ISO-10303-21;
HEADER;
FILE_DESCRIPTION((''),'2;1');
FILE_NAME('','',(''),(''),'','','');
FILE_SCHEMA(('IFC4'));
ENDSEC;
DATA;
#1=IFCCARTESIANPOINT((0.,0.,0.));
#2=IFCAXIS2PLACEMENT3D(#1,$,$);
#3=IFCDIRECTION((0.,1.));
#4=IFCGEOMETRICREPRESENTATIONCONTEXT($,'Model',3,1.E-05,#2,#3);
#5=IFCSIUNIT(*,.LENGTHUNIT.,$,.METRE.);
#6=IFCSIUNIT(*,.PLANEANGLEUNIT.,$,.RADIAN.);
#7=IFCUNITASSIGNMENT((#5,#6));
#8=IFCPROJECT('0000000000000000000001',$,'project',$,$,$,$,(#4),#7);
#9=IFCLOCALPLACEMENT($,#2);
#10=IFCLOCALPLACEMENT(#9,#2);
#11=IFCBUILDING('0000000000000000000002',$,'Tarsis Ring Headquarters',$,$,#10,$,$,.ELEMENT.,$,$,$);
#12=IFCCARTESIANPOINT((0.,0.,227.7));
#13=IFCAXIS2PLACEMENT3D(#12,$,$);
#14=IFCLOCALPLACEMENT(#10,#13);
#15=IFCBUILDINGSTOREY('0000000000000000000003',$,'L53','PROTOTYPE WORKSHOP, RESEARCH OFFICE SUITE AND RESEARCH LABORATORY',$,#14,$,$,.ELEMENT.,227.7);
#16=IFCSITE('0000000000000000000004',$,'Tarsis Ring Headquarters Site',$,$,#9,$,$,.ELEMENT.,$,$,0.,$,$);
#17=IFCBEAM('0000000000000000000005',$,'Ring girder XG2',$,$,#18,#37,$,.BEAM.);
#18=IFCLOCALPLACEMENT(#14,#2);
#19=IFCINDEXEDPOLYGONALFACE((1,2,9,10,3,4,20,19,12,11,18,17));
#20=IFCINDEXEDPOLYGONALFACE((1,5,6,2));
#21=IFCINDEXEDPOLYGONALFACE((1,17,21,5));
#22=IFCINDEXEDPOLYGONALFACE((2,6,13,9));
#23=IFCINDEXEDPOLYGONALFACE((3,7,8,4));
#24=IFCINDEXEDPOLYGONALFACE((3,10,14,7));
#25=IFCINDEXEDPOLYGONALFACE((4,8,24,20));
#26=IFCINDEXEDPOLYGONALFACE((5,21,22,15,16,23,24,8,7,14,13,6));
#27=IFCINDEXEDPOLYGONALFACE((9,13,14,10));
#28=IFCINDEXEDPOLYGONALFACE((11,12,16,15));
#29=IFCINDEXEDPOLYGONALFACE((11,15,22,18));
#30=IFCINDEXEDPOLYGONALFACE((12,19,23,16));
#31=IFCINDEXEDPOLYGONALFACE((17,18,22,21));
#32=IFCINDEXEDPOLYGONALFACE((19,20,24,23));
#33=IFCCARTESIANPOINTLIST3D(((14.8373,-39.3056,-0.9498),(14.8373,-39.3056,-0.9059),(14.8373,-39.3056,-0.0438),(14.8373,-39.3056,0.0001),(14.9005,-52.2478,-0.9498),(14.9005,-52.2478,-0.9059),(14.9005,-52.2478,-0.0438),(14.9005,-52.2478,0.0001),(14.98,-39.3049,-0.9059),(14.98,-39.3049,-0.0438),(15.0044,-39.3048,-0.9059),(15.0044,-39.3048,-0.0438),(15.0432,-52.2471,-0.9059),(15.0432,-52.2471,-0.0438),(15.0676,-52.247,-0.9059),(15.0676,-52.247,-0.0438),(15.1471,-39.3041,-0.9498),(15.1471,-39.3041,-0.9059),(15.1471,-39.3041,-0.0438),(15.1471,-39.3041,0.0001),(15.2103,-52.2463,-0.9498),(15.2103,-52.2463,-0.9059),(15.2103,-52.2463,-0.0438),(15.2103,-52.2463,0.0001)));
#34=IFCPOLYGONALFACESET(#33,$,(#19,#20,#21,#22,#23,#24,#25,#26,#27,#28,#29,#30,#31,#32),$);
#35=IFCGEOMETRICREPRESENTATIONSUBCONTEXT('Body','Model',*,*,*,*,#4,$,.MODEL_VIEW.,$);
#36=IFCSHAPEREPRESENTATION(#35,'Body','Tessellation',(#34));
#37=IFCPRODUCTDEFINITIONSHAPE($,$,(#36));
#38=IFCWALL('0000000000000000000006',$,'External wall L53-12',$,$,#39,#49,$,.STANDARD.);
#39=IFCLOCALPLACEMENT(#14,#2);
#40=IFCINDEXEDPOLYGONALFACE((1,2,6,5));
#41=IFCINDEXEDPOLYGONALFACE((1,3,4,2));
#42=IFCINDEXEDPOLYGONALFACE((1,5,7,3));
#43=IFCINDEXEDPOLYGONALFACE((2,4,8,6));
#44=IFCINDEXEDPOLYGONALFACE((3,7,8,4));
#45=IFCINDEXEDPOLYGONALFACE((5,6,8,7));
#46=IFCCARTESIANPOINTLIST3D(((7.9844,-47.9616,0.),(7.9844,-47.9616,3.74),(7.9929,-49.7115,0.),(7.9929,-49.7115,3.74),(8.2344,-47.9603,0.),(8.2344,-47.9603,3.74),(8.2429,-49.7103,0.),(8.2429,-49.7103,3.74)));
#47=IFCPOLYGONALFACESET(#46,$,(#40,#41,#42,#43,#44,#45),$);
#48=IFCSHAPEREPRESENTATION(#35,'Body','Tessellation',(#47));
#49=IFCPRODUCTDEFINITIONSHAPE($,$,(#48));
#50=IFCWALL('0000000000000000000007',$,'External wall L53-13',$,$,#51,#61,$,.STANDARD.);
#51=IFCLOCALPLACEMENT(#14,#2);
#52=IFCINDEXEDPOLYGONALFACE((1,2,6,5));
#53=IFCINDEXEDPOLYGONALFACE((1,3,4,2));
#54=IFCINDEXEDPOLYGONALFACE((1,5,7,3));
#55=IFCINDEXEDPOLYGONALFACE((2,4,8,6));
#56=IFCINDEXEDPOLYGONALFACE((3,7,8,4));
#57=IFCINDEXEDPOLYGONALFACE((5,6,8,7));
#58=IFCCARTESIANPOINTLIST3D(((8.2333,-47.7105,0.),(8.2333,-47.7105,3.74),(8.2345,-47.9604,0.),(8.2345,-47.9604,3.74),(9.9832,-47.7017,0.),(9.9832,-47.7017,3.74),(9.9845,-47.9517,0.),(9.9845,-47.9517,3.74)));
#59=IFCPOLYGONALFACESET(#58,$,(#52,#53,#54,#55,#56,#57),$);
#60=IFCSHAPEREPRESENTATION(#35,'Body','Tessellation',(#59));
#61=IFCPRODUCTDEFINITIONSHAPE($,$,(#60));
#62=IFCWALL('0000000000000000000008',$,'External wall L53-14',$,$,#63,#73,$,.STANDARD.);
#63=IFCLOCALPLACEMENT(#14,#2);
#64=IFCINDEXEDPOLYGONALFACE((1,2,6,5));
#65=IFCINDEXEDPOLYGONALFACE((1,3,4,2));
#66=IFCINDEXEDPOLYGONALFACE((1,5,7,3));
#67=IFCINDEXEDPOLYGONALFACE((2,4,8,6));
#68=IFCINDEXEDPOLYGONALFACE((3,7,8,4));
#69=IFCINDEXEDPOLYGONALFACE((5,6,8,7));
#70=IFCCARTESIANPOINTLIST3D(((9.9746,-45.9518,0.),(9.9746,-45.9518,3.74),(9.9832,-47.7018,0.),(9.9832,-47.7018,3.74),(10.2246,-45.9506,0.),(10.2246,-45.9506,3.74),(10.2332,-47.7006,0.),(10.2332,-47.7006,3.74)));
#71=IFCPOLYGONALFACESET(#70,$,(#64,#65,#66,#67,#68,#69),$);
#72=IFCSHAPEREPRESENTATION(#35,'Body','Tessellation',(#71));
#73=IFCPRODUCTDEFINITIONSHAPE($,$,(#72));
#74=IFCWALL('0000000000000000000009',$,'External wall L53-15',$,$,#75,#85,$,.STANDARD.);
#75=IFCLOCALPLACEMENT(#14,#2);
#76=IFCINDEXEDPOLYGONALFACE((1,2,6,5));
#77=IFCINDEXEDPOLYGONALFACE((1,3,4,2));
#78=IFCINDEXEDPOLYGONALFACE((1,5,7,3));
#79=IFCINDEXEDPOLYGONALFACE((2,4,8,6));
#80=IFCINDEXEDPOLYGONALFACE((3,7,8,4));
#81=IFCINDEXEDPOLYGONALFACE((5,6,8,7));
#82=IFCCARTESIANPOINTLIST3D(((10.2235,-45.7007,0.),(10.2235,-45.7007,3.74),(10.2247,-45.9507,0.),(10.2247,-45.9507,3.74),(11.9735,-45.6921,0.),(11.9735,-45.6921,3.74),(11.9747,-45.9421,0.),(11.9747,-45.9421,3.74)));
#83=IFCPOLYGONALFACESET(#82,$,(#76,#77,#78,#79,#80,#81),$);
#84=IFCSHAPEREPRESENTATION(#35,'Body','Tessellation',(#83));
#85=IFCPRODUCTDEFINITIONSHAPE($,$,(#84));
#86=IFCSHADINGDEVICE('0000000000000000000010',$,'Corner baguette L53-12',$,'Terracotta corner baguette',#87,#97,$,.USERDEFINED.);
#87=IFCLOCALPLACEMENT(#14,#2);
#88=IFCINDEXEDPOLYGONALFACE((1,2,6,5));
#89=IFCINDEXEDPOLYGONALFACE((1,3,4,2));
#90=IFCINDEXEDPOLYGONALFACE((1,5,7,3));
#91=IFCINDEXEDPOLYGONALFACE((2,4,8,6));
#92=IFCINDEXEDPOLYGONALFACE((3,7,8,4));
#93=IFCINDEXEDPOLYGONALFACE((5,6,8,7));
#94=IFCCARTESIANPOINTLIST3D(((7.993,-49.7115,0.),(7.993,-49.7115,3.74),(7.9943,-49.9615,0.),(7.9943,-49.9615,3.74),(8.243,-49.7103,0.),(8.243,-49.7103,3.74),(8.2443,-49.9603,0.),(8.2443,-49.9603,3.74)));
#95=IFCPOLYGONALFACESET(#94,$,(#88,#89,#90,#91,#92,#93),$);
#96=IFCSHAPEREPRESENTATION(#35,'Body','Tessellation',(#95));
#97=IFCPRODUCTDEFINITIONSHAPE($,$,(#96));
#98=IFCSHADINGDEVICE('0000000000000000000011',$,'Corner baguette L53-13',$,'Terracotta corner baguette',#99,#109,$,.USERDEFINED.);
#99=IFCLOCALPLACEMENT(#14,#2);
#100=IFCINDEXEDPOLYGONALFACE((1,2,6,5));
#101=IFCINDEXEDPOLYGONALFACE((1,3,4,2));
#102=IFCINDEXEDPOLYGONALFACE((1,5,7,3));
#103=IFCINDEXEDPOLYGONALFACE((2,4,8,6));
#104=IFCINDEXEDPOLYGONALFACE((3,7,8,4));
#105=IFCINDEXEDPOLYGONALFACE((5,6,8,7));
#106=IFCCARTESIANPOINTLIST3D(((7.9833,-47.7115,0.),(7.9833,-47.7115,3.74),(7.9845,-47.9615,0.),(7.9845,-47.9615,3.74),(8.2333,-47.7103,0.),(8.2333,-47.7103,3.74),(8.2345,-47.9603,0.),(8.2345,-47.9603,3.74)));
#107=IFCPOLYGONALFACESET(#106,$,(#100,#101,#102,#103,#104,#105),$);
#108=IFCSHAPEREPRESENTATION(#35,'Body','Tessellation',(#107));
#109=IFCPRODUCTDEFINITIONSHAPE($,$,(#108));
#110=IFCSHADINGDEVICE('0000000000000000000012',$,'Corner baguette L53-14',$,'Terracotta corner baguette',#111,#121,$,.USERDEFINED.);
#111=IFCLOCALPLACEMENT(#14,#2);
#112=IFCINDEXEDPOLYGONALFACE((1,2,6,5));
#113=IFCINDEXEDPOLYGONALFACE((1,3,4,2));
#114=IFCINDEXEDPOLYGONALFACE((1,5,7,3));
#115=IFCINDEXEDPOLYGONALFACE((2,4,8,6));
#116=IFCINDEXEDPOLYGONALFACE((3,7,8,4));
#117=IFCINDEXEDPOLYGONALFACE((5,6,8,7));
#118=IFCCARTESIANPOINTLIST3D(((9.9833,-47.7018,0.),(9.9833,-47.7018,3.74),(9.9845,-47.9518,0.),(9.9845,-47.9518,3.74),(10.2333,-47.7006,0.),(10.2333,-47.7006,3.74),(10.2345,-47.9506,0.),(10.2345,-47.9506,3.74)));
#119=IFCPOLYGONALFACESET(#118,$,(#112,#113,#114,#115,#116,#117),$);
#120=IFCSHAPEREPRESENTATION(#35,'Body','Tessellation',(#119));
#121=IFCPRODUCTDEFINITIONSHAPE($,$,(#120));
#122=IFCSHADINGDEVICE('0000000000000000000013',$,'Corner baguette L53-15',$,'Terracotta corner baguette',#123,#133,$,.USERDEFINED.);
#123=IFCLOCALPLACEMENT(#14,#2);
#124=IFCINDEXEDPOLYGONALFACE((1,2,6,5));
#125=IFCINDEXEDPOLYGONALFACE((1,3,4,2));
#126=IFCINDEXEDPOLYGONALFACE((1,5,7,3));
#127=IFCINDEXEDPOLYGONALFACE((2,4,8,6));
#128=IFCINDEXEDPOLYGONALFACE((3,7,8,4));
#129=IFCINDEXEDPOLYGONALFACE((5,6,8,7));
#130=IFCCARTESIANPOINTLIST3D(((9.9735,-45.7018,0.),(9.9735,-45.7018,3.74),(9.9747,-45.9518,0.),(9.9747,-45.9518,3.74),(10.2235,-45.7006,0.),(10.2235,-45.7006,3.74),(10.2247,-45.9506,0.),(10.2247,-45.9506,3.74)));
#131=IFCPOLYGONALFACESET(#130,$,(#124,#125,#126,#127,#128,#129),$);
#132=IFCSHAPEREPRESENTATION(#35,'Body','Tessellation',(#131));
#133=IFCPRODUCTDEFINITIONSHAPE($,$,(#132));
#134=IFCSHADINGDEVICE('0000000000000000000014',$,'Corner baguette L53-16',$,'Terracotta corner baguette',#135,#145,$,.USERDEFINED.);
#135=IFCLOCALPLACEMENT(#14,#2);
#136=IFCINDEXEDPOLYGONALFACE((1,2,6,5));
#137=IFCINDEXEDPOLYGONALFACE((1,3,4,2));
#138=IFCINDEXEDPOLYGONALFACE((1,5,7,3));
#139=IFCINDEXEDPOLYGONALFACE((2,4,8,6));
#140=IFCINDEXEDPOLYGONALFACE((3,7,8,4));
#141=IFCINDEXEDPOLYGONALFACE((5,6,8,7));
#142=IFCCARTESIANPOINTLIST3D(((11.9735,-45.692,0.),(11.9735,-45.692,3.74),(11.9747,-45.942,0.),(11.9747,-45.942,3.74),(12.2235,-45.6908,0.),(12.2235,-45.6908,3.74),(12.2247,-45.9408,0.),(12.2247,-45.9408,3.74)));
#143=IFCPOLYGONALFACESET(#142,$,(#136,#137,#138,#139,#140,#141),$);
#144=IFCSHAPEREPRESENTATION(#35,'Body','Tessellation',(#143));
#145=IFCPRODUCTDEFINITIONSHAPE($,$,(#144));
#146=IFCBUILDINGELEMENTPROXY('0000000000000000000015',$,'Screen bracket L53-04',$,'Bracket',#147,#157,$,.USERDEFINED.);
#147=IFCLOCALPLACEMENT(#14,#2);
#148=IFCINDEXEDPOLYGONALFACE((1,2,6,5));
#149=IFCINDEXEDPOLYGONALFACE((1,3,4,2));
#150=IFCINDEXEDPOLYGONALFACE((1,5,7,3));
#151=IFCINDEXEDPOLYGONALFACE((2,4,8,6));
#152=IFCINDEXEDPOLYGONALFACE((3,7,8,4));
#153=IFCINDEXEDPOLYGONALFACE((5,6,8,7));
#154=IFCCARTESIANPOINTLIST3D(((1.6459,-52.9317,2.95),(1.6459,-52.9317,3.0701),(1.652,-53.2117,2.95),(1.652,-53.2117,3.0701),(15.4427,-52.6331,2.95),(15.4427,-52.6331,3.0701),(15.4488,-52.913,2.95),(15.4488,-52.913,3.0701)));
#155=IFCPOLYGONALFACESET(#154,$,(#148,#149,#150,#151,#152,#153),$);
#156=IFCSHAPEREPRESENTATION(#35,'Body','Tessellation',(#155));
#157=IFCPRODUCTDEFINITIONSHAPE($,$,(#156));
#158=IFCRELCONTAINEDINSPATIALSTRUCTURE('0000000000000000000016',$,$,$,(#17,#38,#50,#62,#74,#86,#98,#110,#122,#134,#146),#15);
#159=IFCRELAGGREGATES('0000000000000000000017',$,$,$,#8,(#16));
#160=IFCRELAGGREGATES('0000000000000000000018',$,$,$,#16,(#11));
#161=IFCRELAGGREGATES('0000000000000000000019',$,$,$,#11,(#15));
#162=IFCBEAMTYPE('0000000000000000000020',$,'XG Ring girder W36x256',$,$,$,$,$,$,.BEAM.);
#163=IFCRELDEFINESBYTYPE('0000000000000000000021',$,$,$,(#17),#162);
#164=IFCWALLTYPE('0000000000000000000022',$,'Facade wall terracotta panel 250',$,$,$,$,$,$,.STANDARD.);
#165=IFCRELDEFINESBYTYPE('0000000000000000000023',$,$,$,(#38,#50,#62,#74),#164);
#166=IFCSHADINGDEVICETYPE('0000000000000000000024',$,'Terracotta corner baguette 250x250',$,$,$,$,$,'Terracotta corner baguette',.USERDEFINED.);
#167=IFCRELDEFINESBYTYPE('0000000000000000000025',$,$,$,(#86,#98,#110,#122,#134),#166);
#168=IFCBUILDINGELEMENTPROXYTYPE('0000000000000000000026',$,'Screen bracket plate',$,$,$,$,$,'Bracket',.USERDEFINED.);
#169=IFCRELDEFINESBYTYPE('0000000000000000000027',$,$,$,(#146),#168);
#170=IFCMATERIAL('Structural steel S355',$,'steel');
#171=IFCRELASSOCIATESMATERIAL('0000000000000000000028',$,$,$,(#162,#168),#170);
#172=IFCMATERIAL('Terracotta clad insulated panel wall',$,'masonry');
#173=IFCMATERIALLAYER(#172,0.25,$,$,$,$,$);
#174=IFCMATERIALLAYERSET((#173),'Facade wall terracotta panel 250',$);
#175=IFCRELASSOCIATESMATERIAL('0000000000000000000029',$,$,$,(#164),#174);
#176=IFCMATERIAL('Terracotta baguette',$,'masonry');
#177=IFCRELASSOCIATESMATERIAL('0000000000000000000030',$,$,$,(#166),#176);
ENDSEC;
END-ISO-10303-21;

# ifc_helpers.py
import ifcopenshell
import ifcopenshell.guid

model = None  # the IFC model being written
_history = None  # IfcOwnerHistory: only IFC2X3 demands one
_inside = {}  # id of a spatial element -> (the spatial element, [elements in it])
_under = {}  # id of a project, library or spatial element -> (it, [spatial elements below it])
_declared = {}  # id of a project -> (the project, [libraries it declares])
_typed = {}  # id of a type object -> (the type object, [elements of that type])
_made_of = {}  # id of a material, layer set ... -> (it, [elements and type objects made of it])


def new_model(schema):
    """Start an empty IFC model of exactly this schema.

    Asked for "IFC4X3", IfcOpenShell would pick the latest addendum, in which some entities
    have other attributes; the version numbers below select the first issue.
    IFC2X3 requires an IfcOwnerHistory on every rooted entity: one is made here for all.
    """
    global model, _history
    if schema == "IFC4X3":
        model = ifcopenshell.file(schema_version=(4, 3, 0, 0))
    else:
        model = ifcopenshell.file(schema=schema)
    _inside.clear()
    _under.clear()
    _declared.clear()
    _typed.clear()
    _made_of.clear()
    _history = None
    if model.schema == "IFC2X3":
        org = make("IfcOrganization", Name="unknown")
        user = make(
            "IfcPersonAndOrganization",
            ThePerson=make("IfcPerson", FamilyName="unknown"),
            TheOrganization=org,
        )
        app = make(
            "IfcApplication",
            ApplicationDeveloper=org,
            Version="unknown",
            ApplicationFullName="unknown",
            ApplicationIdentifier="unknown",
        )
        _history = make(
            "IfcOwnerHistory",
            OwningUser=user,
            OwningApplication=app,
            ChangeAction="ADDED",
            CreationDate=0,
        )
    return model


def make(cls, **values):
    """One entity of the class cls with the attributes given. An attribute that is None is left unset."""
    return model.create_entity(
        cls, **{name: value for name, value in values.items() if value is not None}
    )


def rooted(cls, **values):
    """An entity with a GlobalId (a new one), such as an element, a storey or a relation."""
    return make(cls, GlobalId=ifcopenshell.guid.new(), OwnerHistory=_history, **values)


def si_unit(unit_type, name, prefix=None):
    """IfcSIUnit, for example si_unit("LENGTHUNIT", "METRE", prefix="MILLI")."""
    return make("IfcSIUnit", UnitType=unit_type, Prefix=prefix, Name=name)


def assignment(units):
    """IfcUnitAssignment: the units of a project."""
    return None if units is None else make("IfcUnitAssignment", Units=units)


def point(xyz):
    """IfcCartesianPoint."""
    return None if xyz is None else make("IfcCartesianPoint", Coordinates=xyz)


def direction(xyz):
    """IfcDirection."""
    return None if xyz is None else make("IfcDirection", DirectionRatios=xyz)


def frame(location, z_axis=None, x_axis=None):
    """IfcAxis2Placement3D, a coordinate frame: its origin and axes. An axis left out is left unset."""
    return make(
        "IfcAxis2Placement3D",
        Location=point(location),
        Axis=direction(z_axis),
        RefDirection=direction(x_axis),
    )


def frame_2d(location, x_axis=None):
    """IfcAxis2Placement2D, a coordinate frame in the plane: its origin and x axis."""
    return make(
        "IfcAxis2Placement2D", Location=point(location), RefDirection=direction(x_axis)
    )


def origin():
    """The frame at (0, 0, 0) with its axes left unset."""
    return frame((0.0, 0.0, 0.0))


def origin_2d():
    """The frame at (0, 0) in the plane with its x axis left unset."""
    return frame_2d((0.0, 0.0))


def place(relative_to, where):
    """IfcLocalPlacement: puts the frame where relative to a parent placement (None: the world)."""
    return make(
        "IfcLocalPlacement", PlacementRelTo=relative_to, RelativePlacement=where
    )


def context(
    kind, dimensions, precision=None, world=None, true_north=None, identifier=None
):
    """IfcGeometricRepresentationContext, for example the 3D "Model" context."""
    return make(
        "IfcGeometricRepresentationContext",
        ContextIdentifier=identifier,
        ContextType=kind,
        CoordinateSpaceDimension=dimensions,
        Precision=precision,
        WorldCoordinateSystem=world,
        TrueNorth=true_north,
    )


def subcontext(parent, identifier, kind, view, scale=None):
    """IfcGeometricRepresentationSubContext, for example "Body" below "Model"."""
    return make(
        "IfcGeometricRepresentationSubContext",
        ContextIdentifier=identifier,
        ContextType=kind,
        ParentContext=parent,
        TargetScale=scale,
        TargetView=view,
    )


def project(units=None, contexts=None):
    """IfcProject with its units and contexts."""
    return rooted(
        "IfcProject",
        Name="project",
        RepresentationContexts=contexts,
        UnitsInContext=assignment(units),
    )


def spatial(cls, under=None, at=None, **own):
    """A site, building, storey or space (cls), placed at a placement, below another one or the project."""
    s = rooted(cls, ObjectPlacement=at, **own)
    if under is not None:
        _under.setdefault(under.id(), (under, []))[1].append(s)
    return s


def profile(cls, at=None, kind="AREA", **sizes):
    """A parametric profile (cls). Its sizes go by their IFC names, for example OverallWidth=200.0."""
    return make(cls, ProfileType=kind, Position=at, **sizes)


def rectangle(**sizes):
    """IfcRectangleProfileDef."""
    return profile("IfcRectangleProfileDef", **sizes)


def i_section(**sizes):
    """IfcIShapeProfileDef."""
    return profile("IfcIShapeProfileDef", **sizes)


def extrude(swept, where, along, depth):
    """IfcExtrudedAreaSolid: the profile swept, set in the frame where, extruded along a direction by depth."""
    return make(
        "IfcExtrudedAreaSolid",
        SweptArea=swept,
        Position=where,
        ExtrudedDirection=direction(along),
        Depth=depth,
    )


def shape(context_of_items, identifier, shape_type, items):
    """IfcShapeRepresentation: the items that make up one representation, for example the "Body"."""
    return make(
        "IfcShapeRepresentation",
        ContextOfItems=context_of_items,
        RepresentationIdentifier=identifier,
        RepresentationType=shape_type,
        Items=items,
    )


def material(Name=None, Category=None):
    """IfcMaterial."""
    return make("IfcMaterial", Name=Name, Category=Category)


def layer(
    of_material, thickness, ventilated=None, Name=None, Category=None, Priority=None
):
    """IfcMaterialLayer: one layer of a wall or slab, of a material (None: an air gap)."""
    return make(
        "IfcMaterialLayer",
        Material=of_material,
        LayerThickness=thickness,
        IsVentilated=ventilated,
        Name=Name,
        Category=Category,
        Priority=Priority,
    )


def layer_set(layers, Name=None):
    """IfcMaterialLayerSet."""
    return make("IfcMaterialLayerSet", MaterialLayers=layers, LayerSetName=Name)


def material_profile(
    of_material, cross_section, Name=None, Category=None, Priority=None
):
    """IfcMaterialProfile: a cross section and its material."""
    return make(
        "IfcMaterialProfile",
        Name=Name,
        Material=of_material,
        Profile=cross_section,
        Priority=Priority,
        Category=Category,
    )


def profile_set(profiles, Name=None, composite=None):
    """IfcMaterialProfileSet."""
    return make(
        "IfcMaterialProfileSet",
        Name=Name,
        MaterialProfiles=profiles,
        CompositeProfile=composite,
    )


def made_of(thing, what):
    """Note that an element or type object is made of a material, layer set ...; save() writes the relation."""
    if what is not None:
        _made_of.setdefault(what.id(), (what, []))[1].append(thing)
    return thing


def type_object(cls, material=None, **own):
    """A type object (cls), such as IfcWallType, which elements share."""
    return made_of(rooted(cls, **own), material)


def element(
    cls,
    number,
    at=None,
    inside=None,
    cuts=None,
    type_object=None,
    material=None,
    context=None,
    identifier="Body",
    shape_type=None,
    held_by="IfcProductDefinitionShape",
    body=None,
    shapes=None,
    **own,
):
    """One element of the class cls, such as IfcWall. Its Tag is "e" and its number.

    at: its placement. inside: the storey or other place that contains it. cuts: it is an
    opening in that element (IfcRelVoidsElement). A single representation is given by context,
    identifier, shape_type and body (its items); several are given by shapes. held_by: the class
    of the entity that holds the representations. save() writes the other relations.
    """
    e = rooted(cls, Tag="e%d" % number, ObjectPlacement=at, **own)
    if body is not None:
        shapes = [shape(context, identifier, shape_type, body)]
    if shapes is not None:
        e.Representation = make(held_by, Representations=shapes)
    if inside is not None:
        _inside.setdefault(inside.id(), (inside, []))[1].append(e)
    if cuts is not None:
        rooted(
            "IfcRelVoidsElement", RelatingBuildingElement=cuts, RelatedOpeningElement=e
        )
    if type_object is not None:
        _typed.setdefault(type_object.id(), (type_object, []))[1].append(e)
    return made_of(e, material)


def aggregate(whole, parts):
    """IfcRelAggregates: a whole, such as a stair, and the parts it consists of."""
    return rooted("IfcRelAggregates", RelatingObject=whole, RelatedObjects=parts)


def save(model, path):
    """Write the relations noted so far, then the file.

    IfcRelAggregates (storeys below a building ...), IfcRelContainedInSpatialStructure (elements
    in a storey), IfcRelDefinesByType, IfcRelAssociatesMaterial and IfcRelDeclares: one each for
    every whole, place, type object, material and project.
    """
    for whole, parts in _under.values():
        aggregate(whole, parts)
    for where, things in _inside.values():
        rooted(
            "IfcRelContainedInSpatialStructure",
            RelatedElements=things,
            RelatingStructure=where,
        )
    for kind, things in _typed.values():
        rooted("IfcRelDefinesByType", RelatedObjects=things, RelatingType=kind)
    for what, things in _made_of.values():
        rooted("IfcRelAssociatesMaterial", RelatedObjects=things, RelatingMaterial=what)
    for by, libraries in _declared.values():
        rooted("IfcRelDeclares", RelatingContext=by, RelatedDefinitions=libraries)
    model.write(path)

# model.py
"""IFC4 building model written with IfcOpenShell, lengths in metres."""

from ifc_helpers import new_model, si_unit, direction, frame, frame_2d, origin, origin_2d, place, context, subcontext, project, spatial, rectangle, i_section, extrude, material, layer, layer_set, material_profile, profile_set, type_object, element, save


model = new_model("IFC4")

# Units and contexts
model_context = context("Model", 3, precision=1e-05, world=origin(), true_north=direction((0.0, 1.0)))
body_context = subcontext(model_context, "Body", "Model", "MODEL_VIEW")
ifc_project = project(units=[si_unit("LENGTHUNIT", "METRE"), si_unit("PLANEANGLEUNIT", "RADIAN")], contexts=[model_context])

# Site, building, storey
site_placement = place(None, origin())
site = spatial("IfcSite", under=ifc_project, at=site_placement, Name="Tarsis Ring Headquarters Site", CompositionType="ELEMENT", RefElevation=0.0)
building_placement = place(site_placement, origin())
building = spatial("IfcBuilding", under=site, at=building_placement, Name="Tarsis Ring Headquarters", CompositionType="ELEMENT")
storey_placement = place(building_placement, frame((0.0, 0.0, 227.7)))
storey = spatial("IfcBuildingStorey", under=building, at=storey_placement, Name="L53", Description="PROTOTYPE WORKSHOP, RESEARCH OFFICE SUITE AND RESEARCH LABORATORY", CompositionType="ELEMENT", Elevation=227.7)

# Shared definitions
ifc_material_1 = material(Name="Structural steel S355", Category="steel")

# Beam
ifc_material_profile_1 = material_profile(ifc_material_1, i_section(OverallWidth=0.3098, OverallDepth=0.95, WebThickness=0.0244, FlangeThickness=0.0439, at=origin_2d()), Name="W36x256")
ifc_profile_set_1 = profile_set([ifc_material_profile_1], Name="Structural steel S355")
beam_type = type_object("IfcBeamType", Name="XG Ring girder W36x256", PredefinedType="BEAM", material=ifc_profile_set_1)
beam_1_placement = place(storey_placement, frame((15.0554, -52.2471, -0.4749), z_axis=(-0.004886, 0.999988, 0.0), x_axis=(-0.999988, -0.004886, 0.0)))
element("IfcBeam", 1, at=beam_1_placement, inside=storey, type_object=beam_type, Name="Ring girder XG2", PredefinedType="BEAM", context=body_context, shape_type="SweptSolid", body=[
    extrude(i_section(OverallWidth=0.3098, OverallDepth=0.95, WebThickness=0.0244, FlangeThickness=0.0439, at=origin_2d()), origin(), (0.0, 0.0, 1.0), 12.9424),
])

# Walls
ifc_material_2 = material(Name="Terracotta clad insulated panel wall", Category="masonry")
ifc_layer = layer(ifc_material_2, 0.25)
ifc_layer_set = layer_set([ifc_layer], Name="Facade wall terracotta panel 250")
wall_type = type_object("IfcWallType", Name="Facade wall terracotta panel 250", PredefinedType="STANDARD", material=ifc_layer_set)
for number, where, z_axis, x_axis, name in (
    (2, (8.1179, -49.7109, 0.0), (0.0, 0.0, 1.0), (-0.004883, 0.999988, 0.0), "External wall L53-12"),
    (3, (8.2339, -47.8354, 0.0), (0.0, 0.0, 1.0), (0.999987, 0.005022, 0.0), "External wall L53-13"),
    (4, (10.1082, -47.7012, 0.0), (0.0, 0.0, 1.0), (-0.004883, 0.999988, 0.0), "External wall L53-14"),
    (5, (10.2241, -45.8257, 0.0), (0.0, 0.0, 1.0), (0.999988, 0.004883, 0.0), "External wall L53-15"),
):
    element("IfcWall", number, at=place(storey_placement, frame(where, z_axis=z_axis, x_axis=x_axis)), inside=storey, type_object=wall_type, Name=name, PredefinedType="STANDARD", context=body_context, shape_type="SweptSolid", body=[
        extrude(rectangle(XDim=1.75, YDim=0.25, at=frame_2d((0.875, 0.0))), origin(), (0.0, 0.0, 1.0), 3.74),
    ])

# Shading devices
ifc_material_3 = material(Name="Terracotta baguette", Category="masonry")
shading_device_type_1 = type_object("IfcShadingDeviceType", Name="Terracotta corner baguette 250x250", ElementType="Terracotta corner baguette", PredefinedType="USERDEFINED", material=ifc_material_3)
for number, where, z_axis, x_axis, name in (
    (6, (8.1187, -49.8359, 0.0), (0.0, 0.0, 1.0), (0.999988, 0.004887, 0.0), "Corner baguette L53-12"),
    (7, (8.1089, -47.8359, 0.0), (0.0, 0.0, 1.0), (-0.004887, 0.999988, 0.0), "Corner baguette L53-13"),
    (8, (10.1089, -47.8262, 0.0), (0.0, 0.0, 1.0), (0.999988, 0.004887, 0.0), "Corner baguette L53-14"),
    (9, (10.0991, -45.8262, 0.0), (0.0, 0.0, 1.0), (-0.004887, 0.999988, 0.0), "Corner baguette L53-15"),
    (10, (12.0991, -45.8164, 0.0), (0.0, 0.0, 1.0), (0.999988, 0.004887, 0.0), "Corner baguette L53-16"),
):
    element("IfcShadingDevice", number, at=place(storey_placement, frame(where, z_axis=z_axis, x_axis=x_axis)), inside=storey, type_object=shading_device_type_1, Name=name, ObjectType="Terracotta corner baguette", PredefinedType="USERDEFINED", context=body_context, shape_type="SweptSolid", body=[
        extrude(rectangle(XDim=0.25, YDim=0.25, at=origin_2d()), origin(), (0.0, 0.0, 1.0), 3.74),
    ])

# Building element proxy
building_element_proxy_type = type_object("IfcBuildingElementProxyType", Name="Screen bracket plate", ElementType="Bracket", PredefinedType="USERDEFINED", material=ifc_material_1)
proxy_placement = place(storey_placement, frame((8.5474, -52.9224, 2.95), z_axis=(0.0, 0.0, 1.0), x_axis=(0.999766, 0.02164, 0.0)))
element("IfcBuildingElementProxy", 11, at=proxy_placement, inside=storey, type_object=building_element_proxy_type, Name="Screen bracket L53-04", ObjectType="Bracket", PredefinedType="USERDEFINED", context=body_context, shape_type="SweptSolid", body=[
    extrude(rectangle(XDim=13.8, YDim=0.28, at=origin_2d()), origin(), (0.0, 0.0, 1.0), 0.1201),
])

save(model, "model.ifc")
